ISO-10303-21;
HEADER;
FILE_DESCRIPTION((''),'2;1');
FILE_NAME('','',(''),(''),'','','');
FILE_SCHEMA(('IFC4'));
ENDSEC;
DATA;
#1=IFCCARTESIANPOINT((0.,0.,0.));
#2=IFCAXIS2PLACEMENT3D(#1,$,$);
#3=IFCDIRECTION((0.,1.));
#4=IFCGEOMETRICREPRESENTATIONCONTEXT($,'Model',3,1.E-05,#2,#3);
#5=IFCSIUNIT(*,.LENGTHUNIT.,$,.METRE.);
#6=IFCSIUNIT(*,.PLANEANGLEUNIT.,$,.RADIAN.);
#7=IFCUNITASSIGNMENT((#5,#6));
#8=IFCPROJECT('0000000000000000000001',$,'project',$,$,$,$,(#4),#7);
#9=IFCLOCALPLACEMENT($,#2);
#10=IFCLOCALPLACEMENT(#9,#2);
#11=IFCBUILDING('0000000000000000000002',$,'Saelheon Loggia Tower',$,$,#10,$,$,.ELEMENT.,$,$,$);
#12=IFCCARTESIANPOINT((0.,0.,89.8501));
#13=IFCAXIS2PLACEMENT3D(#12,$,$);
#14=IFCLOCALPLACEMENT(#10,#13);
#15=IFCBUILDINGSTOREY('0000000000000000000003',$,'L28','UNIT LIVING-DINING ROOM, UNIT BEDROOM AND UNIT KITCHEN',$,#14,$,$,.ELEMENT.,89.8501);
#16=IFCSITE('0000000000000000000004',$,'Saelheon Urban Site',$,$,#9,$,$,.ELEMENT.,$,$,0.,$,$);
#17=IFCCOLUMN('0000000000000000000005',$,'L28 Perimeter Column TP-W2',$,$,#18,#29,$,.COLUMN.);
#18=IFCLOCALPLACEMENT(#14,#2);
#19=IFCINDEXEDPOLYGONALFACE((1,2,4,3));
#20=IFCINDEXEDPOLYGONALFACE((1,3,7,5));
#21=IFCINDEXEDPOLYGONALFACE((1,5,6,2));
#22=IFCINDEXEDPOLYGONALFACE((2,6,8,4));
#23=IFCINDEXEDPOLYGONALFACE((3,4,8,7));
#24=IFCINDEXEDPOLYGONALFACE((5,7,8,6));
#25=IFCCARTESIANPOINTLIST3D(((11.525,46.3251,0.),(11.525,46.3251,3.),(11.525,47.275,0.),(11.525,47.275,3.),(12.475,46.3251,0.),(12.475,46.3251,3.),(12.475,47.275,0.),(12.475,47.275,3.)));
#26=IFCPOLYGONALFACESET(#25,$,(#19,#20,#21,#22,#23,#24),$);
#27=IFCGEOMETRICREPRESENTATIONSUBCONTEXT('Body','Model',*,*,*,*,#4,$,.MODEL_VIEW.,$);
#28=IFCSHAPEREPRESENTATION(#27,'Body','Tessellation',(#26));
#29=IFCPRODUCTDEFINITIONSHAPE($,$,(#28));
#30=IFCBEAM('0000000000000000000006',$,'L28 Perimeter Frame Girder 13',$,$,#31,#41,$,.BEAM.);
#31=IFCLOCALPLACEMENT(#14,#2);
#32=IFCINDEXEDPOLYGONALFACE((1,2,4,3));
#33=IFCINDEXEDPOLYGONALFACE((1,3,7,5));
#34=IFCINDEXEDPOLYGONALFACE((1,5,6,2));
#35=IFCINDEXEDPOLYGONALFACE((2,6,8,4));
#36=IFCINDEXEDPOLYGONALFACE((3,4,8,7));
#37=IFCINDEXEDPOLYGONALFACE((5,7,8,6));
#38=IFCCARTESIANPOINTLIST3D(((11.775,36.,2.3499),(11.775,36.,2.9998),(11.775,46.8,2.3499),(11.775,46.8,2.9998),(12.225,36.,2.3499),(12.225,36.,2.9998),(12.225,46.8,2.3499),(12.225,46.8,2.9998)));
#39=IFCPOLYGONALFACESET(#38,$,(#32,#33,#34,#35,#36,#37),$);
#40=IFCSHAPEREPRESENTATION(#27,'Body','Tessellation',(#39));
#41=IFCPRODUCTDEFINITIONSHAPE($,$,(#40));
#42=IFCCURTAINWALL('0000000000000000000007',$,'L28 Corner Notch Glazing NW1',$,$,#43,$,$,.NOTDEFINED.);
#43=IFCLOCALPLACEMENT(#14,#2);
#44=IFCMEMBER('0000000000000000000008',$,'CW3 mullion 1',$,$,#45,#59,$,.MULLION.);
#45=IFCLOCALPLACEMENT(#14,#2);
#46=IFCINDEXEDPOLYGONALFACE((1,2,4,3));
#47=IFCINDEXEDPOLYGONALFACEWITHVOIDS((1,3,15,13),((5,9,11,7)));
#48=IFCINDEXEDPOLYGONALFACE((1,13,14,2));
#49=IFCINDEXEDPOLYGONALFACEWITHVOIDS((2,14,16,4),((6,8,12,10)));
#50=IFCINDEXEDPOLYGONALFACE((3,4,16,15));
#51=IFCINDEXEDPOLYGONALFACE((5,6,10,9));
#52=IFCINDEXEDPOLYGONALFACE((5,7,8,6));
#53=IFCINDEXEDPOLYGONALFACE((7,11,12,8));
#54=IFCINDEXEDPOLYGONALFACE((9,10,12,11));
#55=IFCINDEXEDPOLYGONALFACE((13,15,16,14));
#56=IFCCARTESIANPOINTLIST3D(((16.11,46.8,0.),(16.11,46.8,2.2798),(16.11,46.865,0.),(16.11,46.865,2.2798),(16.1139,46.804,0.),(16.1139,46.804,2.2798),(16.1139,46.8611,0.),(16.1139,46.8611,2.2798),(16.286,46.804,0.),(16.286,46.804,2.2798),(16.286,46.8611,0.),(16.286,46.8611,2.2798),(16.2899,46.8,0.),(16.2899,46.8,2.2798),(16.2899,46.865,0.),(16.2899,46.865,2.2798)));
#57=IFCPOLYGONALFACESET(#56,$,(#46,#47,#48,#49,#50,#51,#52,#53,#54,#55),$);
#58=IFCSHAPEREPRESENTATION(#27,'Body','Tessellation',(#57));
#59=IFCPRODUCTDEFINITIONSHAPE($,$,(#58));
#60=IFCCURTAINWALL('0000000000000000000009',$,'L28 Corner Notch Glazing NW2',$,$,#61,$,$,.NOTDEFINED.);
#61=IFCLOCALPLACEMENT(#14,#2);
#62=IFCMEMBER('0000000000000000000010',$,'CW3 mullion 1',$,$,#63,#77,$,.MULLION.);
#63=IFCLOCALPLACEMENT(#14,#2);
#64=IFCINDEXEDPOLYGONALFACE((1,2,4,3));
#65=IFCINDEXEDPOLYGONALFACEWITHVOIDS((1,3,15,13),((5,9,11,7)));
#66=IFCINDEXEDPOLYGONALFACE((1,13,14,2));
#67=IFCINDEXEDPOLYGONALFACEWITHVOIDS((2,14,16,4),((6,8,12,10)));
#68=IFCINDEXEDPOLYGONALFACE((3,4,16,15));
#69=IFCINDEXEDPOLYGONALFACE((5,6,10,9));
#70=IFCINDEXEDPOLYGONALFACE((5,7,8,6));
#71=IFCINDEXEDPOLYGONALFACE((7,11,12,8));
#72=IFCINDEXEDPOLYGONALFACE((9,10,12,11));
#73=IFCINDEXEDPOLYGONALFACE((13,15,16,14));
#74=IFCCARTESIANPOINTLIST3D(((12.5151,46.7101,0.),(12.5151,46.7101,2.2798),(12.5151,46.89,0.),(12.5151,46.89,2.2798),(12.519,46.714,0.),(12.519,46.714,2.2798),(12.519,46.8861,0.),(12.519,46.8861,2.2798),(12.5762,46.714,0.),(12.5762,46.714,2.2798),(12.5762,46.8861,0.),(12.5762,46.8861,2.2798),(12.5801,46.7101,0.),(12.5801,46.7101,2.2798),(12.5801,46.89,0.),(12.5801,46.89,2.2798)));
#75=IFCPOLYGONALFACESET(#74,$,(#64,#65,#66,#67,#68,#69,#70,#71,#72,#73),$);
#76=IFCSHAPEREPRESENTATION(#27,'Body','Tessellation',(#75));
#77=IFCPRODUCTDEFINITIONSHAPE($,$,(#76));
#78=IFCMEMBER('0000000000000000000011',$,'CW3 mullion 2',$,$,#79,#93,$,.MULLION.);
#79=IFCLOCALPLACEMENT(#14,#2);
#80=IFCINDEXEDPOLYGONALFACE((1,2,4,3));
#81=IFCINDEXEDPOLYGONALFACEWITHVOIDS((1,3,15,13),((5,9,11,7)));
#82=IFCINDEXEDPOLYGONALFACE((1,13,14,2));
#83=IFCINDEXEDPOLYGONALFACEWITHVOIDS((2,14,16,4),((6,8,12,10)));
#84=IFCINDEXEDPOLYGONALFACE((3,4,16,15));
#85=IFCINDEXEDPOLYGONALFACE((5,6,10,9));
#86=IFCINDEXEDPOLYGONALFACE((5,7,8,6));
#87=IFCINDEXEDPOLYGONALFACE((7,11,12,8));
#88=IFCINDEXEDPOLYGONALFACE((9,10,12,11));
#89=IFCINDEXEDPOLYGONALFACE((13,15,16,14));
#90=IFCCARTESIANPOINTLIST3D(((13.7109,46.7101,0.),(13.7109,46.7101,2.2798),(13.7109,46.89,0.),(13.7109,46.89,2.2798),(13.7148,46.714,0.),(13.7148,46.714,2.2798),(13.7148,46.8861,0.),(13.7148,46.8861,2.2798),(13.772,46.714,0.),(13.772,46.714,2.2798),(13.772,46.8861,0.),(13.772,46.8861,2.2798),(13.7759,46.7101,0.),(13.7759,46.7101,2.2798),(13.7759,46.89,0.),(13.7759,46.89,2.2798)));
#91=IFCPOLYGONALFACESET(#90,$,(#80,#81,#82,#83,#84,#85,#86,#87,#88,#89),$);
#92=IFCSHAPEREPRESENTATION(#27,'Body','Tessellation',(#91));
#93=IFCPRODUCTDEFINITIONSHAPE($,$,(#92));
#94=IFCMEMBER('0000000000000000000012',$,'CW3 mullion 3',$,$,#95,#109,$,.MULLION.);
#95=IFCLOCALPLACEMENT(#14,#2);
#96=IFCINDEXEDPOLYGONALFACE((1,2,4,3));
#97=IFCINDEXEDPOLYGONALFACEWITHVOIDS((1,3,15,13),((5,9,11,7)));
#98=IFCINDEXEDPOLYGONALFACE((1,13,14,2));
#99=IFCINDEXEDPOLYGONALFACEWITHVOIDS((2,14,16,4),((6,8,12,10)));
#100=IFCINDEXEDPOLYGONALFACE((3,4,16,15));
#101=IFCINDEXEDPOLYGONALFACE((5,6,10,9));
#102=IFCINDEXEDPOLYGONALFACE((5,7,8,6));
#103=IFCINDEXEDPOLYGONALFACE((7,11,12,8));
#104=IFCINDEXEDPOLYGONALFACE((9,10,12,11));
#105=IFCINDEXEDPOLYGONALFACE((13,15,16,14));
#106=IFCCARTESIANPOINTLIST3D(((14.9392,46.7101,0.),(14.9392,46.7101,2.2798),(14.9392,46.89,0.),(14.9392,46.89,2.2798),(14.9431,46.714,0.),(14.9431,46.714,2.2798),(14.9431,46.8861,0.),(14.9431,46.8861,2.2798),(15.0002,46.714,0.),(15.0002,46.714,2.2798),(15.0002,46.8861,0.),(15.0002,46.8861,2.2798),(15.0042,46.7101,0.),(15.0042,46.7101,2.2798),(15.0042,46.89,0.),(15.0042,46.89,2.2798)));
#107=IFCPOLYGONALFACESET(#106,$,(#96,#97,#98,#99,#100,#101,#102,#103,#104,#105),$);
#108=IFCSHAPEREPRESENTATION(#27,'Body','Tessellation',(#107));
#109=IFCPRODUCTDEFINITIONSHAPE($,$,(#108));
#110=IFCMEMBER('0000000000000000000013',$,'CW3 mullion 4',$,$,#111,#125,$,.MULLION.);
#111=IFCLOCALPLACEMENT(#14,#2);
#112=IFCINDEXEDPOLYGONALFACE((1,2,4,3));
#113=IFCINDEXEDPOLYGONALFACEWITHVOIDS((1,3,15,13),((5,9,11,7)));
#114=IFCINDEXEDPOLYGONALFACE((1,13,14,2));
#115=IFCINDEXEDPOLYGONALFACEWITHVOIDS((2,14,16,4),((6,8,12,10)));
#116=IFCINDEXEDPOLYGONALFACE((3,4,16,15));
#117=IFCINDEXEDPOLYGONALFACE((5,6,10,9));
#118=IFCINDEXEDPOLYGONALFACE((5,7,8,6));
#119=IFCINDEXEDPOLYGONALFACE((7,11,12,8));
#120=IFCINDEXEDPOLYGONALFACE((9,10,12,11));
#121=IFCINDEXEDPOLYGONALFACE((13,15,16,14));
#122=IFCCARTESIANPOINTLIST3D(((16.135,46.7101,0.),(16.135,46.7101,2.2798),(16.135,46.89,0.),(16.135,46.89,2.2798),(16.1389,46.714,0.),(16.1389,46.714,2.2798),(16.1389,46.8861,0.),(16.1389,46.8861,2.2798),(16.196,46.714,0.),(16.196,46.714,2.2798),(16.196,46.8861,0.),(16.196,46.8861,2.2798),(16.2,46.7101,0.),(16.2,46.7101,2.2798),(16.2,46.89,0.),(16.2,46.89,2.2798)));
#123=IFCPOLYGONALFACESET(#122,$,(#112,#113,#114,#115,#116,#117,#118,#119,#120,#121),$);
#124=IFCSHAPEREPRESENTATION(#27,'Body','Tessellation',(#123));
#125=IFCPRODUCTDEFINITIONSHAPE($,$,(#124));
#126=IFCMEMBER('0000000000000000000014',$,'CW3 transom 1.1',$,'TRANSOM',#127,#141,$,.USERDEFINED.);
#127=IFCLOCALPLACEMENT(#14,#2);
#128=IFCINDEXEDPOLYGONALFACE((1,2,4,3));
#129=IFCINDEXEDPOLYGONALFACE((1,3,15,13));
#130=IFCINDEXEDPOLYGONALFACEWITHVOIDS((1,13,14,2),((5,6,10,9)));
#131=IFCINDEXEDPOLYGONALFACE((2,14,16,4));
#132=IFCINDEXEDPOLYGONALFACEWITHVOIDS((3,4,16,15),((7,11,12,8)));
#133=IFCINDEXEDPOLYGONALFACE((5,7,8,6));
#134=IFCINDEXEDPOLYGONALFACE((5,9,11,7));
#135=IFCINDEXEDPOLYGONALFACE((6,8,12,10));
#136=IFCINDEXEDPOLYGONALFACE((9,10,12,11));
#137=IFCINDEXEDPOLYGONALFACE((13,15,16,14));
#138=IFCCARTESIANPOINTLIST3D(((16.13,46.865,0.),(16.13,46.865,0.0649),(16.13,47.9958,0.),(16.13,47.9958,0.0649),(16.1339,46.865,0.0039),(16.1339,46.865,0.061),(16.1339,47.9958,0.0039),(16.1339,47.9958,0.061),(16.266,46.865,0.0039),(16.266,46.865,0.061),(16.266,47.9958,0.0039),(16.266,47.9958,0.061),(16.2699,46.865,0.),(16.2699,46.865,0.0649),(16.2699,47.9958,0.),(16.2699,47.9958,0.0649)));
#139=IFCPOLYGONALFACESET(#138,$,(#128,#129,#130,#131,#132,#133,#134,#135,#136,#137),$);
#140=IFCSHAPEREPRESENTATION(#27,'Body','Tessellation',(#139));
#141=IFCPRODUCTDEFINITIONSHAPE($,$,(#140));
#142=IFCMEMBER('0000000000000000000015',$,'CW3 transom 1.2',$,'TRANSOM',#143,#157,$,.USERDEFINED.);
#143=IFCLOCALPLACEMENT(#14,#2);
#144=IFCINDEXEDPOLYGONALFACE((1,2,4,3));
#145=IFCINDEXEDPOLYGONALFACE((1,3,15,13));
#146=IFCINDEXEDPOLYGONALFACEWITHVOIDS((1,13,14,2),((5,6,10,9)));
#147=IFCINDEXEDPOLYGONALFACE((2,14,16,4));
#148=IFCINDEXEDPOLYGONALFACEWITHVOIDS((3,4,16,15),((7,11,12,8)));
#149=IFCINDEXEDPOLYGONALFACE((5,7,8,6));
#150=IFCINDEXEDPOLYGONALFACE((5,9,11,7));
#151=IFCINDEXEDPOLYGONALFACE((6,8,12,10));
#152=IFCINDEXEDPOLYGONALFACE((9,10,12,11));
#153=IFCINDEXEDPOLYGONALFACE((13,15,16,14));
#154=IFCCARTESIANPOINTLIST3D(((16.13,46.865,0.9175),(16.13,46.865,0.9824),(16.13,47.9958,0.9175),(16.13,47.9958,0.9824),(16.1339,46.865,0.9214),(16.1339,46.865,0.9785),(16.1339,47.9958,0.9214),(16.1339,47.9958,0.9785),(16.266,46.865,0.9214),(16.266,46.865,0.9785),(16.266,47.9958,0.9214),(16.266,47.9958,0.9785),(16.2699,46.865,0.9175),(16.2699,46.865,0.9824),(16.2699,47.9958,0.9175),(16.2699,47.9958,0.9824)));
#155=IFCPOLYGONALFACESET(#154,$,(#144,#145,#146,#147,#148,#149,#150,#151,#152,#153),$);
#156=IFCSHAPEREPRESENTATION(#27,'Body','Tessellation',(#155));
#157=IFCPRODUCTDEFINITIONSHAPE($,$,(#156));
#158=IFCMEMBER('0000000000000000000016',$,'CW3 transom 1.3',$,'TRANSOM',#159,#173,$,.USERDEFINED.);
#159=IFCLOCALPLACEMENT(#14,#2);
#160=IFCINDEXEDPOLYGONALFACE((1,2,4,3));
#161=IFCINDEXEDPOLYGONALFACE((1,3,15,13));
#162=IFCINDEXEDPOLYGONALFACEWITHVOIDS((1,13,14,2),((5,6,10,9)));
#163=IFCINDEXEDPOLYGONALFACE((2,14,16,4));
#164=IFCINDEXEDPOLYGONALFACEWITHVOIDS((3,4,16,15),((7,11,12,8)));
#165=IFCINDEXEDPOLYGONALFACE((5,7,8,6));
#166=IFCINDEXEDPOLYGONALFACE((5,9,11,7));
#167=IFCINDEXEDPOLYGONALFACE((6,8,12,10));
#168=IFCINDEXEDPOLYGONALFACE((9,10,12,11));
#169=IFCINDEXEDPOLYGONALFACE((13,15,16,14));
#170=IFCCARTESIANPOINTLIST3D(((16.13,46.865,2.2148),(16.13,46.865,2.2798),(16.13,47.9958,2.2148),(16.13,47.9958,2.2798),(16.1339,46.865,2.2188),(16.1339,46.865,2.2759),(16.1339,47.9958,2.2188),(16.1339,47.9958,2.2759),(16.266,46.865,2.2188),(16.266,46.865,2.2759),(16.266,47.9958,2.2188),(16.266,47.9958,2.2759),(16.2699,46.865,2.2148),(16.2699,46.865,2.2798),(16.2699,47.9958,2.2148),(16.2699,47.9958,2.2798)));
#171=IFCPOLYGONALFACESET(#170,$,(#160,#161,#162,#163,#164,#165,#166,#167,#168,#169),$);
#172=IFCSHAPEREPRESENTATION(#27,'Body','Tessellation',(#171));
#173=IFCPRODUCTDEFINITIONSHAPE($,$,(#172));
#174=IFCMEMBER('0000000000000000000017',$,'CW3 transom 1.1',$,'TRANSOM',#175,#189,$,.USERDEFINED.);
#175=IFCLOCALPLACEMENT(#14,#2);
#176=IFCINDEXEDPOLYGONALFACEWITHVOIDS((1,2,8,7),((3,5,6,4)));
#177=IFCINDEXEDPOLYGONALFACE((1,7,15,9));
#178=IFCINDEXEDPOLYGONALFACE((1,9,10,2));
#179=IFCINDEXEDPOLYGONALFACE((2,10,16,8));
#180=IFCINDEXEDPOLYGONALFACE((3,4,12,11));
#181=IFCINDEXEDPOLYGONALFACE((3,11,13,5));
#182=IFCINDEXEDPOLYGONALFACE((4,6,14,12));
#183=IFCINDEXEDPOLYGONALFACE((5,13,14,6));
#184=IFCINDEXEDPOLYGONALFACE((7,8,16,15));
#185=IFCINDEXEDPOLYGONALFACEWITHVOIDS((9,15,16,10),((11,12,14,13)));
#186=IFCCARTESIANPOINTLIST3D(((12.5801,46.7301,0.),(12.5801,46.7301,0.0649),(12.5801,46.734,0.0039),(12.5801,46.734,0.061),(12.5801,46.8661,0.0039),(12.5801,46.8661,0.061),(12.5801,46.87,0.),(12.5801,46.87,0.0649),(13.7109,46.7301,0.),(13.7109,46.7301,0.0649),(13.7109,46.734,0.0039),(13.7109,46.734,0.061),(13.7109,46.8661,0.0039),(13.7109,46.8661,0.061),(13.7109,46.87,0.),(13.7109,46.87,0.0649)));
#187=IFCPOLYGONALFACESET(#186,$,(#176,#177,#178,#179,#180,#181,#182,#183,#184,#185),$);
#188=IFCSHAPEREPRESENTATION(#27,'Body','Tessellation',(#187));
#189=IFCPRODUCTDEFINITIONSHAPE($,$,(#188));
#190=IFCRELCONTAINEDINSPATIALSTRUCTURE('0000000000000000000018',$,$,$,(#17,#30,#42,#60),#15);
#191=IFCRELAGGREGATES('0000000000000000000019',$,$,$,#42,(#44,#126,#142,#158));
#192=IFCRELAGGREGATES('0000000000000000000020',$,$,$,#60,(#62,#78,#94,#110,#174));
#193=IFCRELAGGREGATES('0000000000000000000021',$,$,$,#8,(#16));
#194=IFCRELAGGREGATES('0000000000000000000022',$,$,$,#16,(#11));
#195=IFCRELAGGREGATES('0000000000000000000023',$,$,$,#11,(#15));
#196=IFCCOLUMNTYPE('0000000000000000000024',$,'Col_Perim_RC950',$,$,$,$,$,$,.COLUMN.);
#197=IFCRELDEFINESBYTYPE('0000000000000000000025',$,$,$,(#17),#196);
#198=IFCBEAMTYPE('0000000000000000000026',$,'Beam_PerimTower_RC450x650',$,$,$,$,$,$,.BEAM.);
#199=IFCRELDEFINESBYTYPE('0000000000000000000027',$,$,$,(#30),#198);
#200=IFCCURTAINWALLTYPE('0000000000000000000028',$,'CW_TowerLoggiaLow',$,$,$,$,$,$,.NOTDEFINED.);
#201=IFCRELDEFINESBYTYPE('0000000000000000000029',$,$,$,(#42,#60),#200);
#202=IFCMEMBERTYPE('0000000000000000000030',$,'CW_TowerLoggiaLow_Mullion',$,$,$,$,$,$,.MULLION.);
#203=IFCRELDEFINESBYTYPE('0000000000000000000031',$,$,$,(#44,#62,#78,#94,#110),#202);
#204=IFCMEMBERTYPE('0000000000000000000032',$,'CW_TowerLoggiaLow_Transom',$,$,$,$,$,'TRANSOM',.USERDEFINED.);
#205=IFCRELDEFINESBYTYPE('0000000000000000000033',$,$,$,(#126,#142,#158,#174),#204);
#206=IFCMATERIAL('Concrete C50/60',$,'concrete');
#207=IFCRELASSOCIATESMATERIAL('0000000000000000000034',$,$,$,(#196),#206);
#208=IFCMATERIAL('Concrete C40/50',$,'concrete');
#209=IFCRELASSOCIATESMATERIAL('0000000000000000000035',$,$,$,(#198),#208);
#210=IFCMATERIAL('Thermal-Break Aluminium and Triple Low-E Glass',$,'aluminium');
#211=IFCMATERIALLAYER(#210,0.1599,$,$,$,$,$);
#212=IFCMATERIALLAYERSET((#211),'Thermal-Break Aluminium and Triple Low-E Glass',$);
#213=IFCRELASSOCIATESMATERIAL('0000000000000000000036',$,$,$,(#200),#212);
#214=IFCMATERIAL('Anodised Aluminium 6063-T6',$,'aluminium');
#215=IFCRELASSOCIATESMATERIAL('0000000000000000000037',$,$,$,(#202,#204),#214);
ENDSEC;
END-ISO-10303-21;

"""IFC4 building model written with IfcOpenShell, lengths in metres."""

from ifc_helpers import new_model, si_unit, direction, frame, origin, origin_2d, place, context, subcontext, project, spatial, rectangle, hollow_rectangle, extrude, source, transform, mapped, material, layer, layer_set, material_profile, profile_set, type_object, element, aggregate, save


model = new_model("IFC4")

# Units and contexts
model_context = context("Model", 3, precision=1e-05, world=origin(), true_north=direction((0.0, 1.0)))
body_context = subcontext(model_context, "Body", "Model", "MODEL_VIEW")
ifc_project = project(units=[si_unit("LENGTHUNIT", "METRE"), si_unit("PLANEANGLEUNIT", "RADIAN")], contexts=[model_context])

# Site, building, storey
site_placement = place(None, origin())
site = spatial("IfcSite", under=ifc_project, at=site_placement, Name="Saelheon Urban Site", CompositionType="ELEMENT", RefElevation=0.0)
building_placement = place(site_placement, origin())
building = spatial("IfcBuilding", under=site, at=building_placement, Name="Saelheon Loggia Tower", CompositionType="ELEMENT")
storey_placement = place(building_placement, frame((0.0, 0.0, 89.8501)))
storey = spatial("IfcBuildingStorey", under=building, at=storey_placement, Name="L28", Description="UNIT LIVING-DINING ROOM, UNIT BEDROOM AND UNIT KITCHEN", CompositionType="ELEMENT", Elevation=89.8501)

# Column
ifc_material_1 = material(Name="Concrete C50/60", Category="concrete")
ifc_material_profile_1 = material_profile(ifc_material_1, rectangle(XDim=0.95, YDim=0.95, at=origin_2d()), Name="RC-950x950")
ifc_profile_set_1 = profile_set([ifc_material_profile_1], Name="Concrete C50/60")
column_type = type_object("IfcColumnType", Name="Col_Perim_RC950", PredefinedType="COLUMN", material=ifc_profile_set_1)
shared_shape_1 = source(origin(), body_context, "Body", "SweptSolid", [
    extrude(rectangle(XDim=0.95, YDim=0.95, at=origin_2d()), origin(), (0.0, 0.0, 1.0), 3.0),
])
column_placement = place(storey_placement, frame((12.0, 46.8, 0.0), z_axis=(0.0, 0.0, 1.0), x_axis=(1.0, 0.0, 0.0)))
element("IfcColumn", 1, at=column_placement, inside=storey, type_object=column_type, Name="L28 Perimeter Column TP-W2", PredefinedType="COLUMN", context=body_context, shape_type="MappedRepresentation", body=[
    mapped(shared_shape_1, transform((0.0, 0.0, 0.0), scale=1.0)),
])

# Beam
ifc_material_2 = material(Name="Concrete C40/50", Category="concrete")
ifc_material_profile_2 = material_profile(ifc_material_2, rectangle(XDim=0.45, YDim=0.6499, at=origin_2d()), Name="RC-450x650")
ifc_profile_set_2 = profile_set([ifc_material_profile_2], Name="Concrete C40/50")
beam_type = type_object("IfcBeamType", Name="Beam_PerimTower_RC450x650", PredefinedType="BEAM", material=ifc_profile_set_2)
shared_shape_2 = source(origin(), body_context, "Body", "SweptSolid", [
    extrude(rectangle(XDim=0.45, YDim=0.6499, at=origin_2d()), origin(), (0.0, 0.0, 1.0), 10.8),
])
beam_placement = place(storey_placement, frame((12.0, 46.8, 2.6748), z_axis=(0.0, -1.0, 0.0), x_axis=(1.0, 0.0, 0.0)))
element("IfcBeam", 2, at=beam_placement, inside=storey, type_object=beam_type, Name="L28 Perimeter Frame Girder 13", PredefinedType="BEAM", context=body_context, shape_type="MappedRepresentation", body=[
    mapped(shared_shape_2, transform((0.0, 0.0, 0.0), scale=1.0)),
])

# Curtain wall, member
ifc_material_3 = material(Name="Thermal-Break Aluminium and Triple Low-E Glass", Category="aluminium")
ifc_layer_1 = layer(ifc_material_3, 0.1599)
ifc_layer_set_1 = layer_set([ifc_layer_1], Name="Thermal-Break Aluminium and Triple Low-E Glass")
curtain_wall_type = type_object("IfcCurtainWallType", Name="CW_TowerLoggiaLow", PredefinedType="NOTDEFINED", material=ifc_layer_set_1)
curtain_wall_1_placement = place(storey_placement, origin())
curtain_wall_1 = element("IfcCurtainWall", 3, at=curtain_wall_1_placement, inside=storey, type_object=curtain_wall_type, Name="L28 Corner Notch Glazing NW1", PredefinedType="NOTDEFINED")
ifc_material_4 = material(Name="Anodised Aluminium 6063-T6", Category="aluminium")
ifc_material_profile_3 = material_profile(ifc_material_4, hollow_rectangle(XDim=0.0649, YDim=0.1799, WallThickness=0.0039, at=origin_2d()), Name="RHS-180x65x4")
ifc_profile_set_3 = profile_set([ifc_material_profile_3], Name="Anodised Aluminium 6063-T6")
member_type_1 = type_object("IfcMemberType", Name="CW_TowerLoggiaLow_Mullion", PredefinedType="MULLION", material=ifc_profile_set_3)
shared_shape_3 = source(origin(), body_context, "Body", "SweptSolid", [
    extrude(hollow_rectangle(XDim=0.0649, YDim=0.1799, WallThickness=0.0039, at=origin_2d()), origin(), (0.0, 0.0, 1.0), 2.2798),
])
member_1_placement = place(storey_placement, frame((16.2, 46.8325, 0.0), z_axis=(0.0, 0.0, 1.0), x_axis=(0.0, 1.0, 0.0)))
member_1 = element("IfcMember", 4, at=member_1_placement, type_object=member_type_1, Name="CW3 mullion 1", PredefinedType="MULLION", context=body_context, shape_type="MappedRepresentation", body=[
    mapped(shared_shape_3, transform((0.0, 0.0, 0.0), scale=1.0)),
])

# Curtain wall, members
curtain_wall_2_placement = place(storey_placement, origin())
curtain_wall_2 = element("IfcCurtainWall", 5, at=curtain_wall_2_placement, inside=storey, type_object=curtain_wall_type, Name="L28 Corner Notch Glazing NW2", PredefinedType="NOTDEFINED")
member_2_placement = place(storey_placement, frame((12.5476, 46.8, 0.0), z_axis=(0.0, 0.0, 1.0), x_axis=(1.0, 0.0, 0.0)))
member_2 = element("IfcMember", 6, at=member_2_placement, type_object=member_type_1, Name="CW3 mullion 1", PredefinedType="MULLION", context=body_context, shape_type="MappedRepresentation", body=[
    mapped(shared_shape_3, transform((0.0, 0.0, 0.0), scale=1.0)),
])
member_3_placement = place(storey_placement, frame((13.7434, 46.8, 0.0), z_axis=(0.0, 0.0, 1.0), x_axis=(1.0, 0.0, 0.0)))
member_3 = element("IfcMember", 7, at=member_3_placement, type_object=member_type_1, Name="CW3 mullion 2", PredefinedType="MULLION", context=body_context, shape_type="MappedRepresentation", body=[
    mapped(shared_shape_3, transform((0.0, 0.0, 0.0), scale=1.0)),
])
member_4_placement = place(storey_placement, frame((14.9717, 46.8, 0.0), z_axis=(0.0, 0.0, 1.0), x_axis=(1.0, 0.0, 0.0)))
member_4 = element("IfcMember", 8, at=member_4_placement, type_object=member_type_1, Name="CW3 mullion 3", PredefinedType="MULLION", context=body_context, shape_type="MappedRepresentation", body=[
    mapped(shared_shape_3, transform((0.0, 0.0, 0.0), scale=1.0)),
])
member_5_placement = place(storey_placement, frame((16.1675, 46.8, 0.0), z_axis=(0.0, 0.0, 1.0), x_axis=(1.0, 0.0, 0.0)))
member_5 = element("IfcMember", 9, at=member_5_placement, type_object=member_type_1, Name="CW3 mullion 4", PredefinedType="MULLION", context=body_context, shape_type="MappedRepresentation", body=[
    mapped(shared_shape_3, transform((0.0, 0.0, 0.0), scale=1.0)),
])

# Members
ifc_material_profile_4 = material_profile(ifc_material_4, hollow_rectangle(XDim=0.0649, YDim=0.1399, WallThickness=0.0039, at=origin_2d()), Name="RHS-140x65x4")
ifc_profile_set_4 = profile_set([ifc_material_profile_4], Name="Anodised Aluminium 6063-T6")
member_type_2 = type_object("IfcMemberType", Name="CW_TowerLoggiaLow_Transom", ElementType="TRANSOM", PredefinedType="USERDEFINED", material=ifc_profile_set_4)
shared_shape_4 = source(origin(), body_context, "Body", "SweptSolid", [
    extrude(hollow_rectangle(XDim=0.0649, YDim=0.1399, WallThickness=0.0039, at=origin_2d()), origin(), (0.0, 0.0, 1.0), 1.1309),
])
member_6_placement = place(storey_placement, frame((16.2, 46.865, 0.0325), z_axis=(0.0, 1.0, 0.0), x_axis=(0.0, 0.0, 1.0)))
member_6 = element("IfcMember", 10, at=member_6_placement, type_object=member_type_2, Name="CW3 transom 1.1", ObjectType="TRANSOM", PredefinedType="USERDEFINED", context=body_context, shape_type="MappedRepresentation", body=[
    mapped(shared_shape_4, transform((0.0, 0.0, 0.0), scale=1.0)),
])
member_7_placement = place(storey_placement, frame((16.2, 46.865, 0.95), z_axis=(0.0, 1.0, 0.0), x_axis=(0.0, 0.0, 1.0)))
member_7 = element("IfcMember", 11, at=member_7_placement, type_object=member_type_2, Name="CW3 transom 1.2", ObjectType="TRANSOM", PredefinedType="USERDEFINED", context=body_context, shape_type="MappedRepresentation", body=[
    mapped(shared_shape_4, transform((0.0, 0.0, 0.0), scale=1.0)),
])
member_8_placement = place(storey_placement, frame((16.2, 46.865, 2.2473), z_axis=(0.0, 1.0, 0.0), x_axis=(0.0, 0.0, 1.0)))
member_8 = element("IfcMember", 12, at=member_8_placement, type_object=member_type_2, Name="CW3 transom 1.3", ObjectType="TRANSOM", PredefinedType="USERDEFINED", context=body_context, shape_type="MappedRepresentation", body=[
    mapped(shared_shape_4, transform((0.0, 0.0, 0.0), scale=1.0)),
])
aggregate(curtain_wall_1, [member_1, member_6, member_7, member_8])
member_9_placement = place(storey_placement, frame((12.5801, 46.8, 0.0325), z_axis=(1.0, 0.0, 0.0), x_axis=(0.0, 0.0, 1.0)))
member_9 = element("IfcMember", 13, at=member_9_placement, type_object=member_type_2, Name="CW3 transom 1.1", ObjectType="TRANSOM", PredefinedType="USERDEFINED", context=body_context, shape_type="MappedRepresentation", body=[
    mapped(shared_shape_4, transform((0.0, 0.0, 0.0), scale=1.0)),
])

aggregate(curtain_wall_2, [member_2, member_3, member_4, member_5, member_9])

save(model, "model.ifc")
